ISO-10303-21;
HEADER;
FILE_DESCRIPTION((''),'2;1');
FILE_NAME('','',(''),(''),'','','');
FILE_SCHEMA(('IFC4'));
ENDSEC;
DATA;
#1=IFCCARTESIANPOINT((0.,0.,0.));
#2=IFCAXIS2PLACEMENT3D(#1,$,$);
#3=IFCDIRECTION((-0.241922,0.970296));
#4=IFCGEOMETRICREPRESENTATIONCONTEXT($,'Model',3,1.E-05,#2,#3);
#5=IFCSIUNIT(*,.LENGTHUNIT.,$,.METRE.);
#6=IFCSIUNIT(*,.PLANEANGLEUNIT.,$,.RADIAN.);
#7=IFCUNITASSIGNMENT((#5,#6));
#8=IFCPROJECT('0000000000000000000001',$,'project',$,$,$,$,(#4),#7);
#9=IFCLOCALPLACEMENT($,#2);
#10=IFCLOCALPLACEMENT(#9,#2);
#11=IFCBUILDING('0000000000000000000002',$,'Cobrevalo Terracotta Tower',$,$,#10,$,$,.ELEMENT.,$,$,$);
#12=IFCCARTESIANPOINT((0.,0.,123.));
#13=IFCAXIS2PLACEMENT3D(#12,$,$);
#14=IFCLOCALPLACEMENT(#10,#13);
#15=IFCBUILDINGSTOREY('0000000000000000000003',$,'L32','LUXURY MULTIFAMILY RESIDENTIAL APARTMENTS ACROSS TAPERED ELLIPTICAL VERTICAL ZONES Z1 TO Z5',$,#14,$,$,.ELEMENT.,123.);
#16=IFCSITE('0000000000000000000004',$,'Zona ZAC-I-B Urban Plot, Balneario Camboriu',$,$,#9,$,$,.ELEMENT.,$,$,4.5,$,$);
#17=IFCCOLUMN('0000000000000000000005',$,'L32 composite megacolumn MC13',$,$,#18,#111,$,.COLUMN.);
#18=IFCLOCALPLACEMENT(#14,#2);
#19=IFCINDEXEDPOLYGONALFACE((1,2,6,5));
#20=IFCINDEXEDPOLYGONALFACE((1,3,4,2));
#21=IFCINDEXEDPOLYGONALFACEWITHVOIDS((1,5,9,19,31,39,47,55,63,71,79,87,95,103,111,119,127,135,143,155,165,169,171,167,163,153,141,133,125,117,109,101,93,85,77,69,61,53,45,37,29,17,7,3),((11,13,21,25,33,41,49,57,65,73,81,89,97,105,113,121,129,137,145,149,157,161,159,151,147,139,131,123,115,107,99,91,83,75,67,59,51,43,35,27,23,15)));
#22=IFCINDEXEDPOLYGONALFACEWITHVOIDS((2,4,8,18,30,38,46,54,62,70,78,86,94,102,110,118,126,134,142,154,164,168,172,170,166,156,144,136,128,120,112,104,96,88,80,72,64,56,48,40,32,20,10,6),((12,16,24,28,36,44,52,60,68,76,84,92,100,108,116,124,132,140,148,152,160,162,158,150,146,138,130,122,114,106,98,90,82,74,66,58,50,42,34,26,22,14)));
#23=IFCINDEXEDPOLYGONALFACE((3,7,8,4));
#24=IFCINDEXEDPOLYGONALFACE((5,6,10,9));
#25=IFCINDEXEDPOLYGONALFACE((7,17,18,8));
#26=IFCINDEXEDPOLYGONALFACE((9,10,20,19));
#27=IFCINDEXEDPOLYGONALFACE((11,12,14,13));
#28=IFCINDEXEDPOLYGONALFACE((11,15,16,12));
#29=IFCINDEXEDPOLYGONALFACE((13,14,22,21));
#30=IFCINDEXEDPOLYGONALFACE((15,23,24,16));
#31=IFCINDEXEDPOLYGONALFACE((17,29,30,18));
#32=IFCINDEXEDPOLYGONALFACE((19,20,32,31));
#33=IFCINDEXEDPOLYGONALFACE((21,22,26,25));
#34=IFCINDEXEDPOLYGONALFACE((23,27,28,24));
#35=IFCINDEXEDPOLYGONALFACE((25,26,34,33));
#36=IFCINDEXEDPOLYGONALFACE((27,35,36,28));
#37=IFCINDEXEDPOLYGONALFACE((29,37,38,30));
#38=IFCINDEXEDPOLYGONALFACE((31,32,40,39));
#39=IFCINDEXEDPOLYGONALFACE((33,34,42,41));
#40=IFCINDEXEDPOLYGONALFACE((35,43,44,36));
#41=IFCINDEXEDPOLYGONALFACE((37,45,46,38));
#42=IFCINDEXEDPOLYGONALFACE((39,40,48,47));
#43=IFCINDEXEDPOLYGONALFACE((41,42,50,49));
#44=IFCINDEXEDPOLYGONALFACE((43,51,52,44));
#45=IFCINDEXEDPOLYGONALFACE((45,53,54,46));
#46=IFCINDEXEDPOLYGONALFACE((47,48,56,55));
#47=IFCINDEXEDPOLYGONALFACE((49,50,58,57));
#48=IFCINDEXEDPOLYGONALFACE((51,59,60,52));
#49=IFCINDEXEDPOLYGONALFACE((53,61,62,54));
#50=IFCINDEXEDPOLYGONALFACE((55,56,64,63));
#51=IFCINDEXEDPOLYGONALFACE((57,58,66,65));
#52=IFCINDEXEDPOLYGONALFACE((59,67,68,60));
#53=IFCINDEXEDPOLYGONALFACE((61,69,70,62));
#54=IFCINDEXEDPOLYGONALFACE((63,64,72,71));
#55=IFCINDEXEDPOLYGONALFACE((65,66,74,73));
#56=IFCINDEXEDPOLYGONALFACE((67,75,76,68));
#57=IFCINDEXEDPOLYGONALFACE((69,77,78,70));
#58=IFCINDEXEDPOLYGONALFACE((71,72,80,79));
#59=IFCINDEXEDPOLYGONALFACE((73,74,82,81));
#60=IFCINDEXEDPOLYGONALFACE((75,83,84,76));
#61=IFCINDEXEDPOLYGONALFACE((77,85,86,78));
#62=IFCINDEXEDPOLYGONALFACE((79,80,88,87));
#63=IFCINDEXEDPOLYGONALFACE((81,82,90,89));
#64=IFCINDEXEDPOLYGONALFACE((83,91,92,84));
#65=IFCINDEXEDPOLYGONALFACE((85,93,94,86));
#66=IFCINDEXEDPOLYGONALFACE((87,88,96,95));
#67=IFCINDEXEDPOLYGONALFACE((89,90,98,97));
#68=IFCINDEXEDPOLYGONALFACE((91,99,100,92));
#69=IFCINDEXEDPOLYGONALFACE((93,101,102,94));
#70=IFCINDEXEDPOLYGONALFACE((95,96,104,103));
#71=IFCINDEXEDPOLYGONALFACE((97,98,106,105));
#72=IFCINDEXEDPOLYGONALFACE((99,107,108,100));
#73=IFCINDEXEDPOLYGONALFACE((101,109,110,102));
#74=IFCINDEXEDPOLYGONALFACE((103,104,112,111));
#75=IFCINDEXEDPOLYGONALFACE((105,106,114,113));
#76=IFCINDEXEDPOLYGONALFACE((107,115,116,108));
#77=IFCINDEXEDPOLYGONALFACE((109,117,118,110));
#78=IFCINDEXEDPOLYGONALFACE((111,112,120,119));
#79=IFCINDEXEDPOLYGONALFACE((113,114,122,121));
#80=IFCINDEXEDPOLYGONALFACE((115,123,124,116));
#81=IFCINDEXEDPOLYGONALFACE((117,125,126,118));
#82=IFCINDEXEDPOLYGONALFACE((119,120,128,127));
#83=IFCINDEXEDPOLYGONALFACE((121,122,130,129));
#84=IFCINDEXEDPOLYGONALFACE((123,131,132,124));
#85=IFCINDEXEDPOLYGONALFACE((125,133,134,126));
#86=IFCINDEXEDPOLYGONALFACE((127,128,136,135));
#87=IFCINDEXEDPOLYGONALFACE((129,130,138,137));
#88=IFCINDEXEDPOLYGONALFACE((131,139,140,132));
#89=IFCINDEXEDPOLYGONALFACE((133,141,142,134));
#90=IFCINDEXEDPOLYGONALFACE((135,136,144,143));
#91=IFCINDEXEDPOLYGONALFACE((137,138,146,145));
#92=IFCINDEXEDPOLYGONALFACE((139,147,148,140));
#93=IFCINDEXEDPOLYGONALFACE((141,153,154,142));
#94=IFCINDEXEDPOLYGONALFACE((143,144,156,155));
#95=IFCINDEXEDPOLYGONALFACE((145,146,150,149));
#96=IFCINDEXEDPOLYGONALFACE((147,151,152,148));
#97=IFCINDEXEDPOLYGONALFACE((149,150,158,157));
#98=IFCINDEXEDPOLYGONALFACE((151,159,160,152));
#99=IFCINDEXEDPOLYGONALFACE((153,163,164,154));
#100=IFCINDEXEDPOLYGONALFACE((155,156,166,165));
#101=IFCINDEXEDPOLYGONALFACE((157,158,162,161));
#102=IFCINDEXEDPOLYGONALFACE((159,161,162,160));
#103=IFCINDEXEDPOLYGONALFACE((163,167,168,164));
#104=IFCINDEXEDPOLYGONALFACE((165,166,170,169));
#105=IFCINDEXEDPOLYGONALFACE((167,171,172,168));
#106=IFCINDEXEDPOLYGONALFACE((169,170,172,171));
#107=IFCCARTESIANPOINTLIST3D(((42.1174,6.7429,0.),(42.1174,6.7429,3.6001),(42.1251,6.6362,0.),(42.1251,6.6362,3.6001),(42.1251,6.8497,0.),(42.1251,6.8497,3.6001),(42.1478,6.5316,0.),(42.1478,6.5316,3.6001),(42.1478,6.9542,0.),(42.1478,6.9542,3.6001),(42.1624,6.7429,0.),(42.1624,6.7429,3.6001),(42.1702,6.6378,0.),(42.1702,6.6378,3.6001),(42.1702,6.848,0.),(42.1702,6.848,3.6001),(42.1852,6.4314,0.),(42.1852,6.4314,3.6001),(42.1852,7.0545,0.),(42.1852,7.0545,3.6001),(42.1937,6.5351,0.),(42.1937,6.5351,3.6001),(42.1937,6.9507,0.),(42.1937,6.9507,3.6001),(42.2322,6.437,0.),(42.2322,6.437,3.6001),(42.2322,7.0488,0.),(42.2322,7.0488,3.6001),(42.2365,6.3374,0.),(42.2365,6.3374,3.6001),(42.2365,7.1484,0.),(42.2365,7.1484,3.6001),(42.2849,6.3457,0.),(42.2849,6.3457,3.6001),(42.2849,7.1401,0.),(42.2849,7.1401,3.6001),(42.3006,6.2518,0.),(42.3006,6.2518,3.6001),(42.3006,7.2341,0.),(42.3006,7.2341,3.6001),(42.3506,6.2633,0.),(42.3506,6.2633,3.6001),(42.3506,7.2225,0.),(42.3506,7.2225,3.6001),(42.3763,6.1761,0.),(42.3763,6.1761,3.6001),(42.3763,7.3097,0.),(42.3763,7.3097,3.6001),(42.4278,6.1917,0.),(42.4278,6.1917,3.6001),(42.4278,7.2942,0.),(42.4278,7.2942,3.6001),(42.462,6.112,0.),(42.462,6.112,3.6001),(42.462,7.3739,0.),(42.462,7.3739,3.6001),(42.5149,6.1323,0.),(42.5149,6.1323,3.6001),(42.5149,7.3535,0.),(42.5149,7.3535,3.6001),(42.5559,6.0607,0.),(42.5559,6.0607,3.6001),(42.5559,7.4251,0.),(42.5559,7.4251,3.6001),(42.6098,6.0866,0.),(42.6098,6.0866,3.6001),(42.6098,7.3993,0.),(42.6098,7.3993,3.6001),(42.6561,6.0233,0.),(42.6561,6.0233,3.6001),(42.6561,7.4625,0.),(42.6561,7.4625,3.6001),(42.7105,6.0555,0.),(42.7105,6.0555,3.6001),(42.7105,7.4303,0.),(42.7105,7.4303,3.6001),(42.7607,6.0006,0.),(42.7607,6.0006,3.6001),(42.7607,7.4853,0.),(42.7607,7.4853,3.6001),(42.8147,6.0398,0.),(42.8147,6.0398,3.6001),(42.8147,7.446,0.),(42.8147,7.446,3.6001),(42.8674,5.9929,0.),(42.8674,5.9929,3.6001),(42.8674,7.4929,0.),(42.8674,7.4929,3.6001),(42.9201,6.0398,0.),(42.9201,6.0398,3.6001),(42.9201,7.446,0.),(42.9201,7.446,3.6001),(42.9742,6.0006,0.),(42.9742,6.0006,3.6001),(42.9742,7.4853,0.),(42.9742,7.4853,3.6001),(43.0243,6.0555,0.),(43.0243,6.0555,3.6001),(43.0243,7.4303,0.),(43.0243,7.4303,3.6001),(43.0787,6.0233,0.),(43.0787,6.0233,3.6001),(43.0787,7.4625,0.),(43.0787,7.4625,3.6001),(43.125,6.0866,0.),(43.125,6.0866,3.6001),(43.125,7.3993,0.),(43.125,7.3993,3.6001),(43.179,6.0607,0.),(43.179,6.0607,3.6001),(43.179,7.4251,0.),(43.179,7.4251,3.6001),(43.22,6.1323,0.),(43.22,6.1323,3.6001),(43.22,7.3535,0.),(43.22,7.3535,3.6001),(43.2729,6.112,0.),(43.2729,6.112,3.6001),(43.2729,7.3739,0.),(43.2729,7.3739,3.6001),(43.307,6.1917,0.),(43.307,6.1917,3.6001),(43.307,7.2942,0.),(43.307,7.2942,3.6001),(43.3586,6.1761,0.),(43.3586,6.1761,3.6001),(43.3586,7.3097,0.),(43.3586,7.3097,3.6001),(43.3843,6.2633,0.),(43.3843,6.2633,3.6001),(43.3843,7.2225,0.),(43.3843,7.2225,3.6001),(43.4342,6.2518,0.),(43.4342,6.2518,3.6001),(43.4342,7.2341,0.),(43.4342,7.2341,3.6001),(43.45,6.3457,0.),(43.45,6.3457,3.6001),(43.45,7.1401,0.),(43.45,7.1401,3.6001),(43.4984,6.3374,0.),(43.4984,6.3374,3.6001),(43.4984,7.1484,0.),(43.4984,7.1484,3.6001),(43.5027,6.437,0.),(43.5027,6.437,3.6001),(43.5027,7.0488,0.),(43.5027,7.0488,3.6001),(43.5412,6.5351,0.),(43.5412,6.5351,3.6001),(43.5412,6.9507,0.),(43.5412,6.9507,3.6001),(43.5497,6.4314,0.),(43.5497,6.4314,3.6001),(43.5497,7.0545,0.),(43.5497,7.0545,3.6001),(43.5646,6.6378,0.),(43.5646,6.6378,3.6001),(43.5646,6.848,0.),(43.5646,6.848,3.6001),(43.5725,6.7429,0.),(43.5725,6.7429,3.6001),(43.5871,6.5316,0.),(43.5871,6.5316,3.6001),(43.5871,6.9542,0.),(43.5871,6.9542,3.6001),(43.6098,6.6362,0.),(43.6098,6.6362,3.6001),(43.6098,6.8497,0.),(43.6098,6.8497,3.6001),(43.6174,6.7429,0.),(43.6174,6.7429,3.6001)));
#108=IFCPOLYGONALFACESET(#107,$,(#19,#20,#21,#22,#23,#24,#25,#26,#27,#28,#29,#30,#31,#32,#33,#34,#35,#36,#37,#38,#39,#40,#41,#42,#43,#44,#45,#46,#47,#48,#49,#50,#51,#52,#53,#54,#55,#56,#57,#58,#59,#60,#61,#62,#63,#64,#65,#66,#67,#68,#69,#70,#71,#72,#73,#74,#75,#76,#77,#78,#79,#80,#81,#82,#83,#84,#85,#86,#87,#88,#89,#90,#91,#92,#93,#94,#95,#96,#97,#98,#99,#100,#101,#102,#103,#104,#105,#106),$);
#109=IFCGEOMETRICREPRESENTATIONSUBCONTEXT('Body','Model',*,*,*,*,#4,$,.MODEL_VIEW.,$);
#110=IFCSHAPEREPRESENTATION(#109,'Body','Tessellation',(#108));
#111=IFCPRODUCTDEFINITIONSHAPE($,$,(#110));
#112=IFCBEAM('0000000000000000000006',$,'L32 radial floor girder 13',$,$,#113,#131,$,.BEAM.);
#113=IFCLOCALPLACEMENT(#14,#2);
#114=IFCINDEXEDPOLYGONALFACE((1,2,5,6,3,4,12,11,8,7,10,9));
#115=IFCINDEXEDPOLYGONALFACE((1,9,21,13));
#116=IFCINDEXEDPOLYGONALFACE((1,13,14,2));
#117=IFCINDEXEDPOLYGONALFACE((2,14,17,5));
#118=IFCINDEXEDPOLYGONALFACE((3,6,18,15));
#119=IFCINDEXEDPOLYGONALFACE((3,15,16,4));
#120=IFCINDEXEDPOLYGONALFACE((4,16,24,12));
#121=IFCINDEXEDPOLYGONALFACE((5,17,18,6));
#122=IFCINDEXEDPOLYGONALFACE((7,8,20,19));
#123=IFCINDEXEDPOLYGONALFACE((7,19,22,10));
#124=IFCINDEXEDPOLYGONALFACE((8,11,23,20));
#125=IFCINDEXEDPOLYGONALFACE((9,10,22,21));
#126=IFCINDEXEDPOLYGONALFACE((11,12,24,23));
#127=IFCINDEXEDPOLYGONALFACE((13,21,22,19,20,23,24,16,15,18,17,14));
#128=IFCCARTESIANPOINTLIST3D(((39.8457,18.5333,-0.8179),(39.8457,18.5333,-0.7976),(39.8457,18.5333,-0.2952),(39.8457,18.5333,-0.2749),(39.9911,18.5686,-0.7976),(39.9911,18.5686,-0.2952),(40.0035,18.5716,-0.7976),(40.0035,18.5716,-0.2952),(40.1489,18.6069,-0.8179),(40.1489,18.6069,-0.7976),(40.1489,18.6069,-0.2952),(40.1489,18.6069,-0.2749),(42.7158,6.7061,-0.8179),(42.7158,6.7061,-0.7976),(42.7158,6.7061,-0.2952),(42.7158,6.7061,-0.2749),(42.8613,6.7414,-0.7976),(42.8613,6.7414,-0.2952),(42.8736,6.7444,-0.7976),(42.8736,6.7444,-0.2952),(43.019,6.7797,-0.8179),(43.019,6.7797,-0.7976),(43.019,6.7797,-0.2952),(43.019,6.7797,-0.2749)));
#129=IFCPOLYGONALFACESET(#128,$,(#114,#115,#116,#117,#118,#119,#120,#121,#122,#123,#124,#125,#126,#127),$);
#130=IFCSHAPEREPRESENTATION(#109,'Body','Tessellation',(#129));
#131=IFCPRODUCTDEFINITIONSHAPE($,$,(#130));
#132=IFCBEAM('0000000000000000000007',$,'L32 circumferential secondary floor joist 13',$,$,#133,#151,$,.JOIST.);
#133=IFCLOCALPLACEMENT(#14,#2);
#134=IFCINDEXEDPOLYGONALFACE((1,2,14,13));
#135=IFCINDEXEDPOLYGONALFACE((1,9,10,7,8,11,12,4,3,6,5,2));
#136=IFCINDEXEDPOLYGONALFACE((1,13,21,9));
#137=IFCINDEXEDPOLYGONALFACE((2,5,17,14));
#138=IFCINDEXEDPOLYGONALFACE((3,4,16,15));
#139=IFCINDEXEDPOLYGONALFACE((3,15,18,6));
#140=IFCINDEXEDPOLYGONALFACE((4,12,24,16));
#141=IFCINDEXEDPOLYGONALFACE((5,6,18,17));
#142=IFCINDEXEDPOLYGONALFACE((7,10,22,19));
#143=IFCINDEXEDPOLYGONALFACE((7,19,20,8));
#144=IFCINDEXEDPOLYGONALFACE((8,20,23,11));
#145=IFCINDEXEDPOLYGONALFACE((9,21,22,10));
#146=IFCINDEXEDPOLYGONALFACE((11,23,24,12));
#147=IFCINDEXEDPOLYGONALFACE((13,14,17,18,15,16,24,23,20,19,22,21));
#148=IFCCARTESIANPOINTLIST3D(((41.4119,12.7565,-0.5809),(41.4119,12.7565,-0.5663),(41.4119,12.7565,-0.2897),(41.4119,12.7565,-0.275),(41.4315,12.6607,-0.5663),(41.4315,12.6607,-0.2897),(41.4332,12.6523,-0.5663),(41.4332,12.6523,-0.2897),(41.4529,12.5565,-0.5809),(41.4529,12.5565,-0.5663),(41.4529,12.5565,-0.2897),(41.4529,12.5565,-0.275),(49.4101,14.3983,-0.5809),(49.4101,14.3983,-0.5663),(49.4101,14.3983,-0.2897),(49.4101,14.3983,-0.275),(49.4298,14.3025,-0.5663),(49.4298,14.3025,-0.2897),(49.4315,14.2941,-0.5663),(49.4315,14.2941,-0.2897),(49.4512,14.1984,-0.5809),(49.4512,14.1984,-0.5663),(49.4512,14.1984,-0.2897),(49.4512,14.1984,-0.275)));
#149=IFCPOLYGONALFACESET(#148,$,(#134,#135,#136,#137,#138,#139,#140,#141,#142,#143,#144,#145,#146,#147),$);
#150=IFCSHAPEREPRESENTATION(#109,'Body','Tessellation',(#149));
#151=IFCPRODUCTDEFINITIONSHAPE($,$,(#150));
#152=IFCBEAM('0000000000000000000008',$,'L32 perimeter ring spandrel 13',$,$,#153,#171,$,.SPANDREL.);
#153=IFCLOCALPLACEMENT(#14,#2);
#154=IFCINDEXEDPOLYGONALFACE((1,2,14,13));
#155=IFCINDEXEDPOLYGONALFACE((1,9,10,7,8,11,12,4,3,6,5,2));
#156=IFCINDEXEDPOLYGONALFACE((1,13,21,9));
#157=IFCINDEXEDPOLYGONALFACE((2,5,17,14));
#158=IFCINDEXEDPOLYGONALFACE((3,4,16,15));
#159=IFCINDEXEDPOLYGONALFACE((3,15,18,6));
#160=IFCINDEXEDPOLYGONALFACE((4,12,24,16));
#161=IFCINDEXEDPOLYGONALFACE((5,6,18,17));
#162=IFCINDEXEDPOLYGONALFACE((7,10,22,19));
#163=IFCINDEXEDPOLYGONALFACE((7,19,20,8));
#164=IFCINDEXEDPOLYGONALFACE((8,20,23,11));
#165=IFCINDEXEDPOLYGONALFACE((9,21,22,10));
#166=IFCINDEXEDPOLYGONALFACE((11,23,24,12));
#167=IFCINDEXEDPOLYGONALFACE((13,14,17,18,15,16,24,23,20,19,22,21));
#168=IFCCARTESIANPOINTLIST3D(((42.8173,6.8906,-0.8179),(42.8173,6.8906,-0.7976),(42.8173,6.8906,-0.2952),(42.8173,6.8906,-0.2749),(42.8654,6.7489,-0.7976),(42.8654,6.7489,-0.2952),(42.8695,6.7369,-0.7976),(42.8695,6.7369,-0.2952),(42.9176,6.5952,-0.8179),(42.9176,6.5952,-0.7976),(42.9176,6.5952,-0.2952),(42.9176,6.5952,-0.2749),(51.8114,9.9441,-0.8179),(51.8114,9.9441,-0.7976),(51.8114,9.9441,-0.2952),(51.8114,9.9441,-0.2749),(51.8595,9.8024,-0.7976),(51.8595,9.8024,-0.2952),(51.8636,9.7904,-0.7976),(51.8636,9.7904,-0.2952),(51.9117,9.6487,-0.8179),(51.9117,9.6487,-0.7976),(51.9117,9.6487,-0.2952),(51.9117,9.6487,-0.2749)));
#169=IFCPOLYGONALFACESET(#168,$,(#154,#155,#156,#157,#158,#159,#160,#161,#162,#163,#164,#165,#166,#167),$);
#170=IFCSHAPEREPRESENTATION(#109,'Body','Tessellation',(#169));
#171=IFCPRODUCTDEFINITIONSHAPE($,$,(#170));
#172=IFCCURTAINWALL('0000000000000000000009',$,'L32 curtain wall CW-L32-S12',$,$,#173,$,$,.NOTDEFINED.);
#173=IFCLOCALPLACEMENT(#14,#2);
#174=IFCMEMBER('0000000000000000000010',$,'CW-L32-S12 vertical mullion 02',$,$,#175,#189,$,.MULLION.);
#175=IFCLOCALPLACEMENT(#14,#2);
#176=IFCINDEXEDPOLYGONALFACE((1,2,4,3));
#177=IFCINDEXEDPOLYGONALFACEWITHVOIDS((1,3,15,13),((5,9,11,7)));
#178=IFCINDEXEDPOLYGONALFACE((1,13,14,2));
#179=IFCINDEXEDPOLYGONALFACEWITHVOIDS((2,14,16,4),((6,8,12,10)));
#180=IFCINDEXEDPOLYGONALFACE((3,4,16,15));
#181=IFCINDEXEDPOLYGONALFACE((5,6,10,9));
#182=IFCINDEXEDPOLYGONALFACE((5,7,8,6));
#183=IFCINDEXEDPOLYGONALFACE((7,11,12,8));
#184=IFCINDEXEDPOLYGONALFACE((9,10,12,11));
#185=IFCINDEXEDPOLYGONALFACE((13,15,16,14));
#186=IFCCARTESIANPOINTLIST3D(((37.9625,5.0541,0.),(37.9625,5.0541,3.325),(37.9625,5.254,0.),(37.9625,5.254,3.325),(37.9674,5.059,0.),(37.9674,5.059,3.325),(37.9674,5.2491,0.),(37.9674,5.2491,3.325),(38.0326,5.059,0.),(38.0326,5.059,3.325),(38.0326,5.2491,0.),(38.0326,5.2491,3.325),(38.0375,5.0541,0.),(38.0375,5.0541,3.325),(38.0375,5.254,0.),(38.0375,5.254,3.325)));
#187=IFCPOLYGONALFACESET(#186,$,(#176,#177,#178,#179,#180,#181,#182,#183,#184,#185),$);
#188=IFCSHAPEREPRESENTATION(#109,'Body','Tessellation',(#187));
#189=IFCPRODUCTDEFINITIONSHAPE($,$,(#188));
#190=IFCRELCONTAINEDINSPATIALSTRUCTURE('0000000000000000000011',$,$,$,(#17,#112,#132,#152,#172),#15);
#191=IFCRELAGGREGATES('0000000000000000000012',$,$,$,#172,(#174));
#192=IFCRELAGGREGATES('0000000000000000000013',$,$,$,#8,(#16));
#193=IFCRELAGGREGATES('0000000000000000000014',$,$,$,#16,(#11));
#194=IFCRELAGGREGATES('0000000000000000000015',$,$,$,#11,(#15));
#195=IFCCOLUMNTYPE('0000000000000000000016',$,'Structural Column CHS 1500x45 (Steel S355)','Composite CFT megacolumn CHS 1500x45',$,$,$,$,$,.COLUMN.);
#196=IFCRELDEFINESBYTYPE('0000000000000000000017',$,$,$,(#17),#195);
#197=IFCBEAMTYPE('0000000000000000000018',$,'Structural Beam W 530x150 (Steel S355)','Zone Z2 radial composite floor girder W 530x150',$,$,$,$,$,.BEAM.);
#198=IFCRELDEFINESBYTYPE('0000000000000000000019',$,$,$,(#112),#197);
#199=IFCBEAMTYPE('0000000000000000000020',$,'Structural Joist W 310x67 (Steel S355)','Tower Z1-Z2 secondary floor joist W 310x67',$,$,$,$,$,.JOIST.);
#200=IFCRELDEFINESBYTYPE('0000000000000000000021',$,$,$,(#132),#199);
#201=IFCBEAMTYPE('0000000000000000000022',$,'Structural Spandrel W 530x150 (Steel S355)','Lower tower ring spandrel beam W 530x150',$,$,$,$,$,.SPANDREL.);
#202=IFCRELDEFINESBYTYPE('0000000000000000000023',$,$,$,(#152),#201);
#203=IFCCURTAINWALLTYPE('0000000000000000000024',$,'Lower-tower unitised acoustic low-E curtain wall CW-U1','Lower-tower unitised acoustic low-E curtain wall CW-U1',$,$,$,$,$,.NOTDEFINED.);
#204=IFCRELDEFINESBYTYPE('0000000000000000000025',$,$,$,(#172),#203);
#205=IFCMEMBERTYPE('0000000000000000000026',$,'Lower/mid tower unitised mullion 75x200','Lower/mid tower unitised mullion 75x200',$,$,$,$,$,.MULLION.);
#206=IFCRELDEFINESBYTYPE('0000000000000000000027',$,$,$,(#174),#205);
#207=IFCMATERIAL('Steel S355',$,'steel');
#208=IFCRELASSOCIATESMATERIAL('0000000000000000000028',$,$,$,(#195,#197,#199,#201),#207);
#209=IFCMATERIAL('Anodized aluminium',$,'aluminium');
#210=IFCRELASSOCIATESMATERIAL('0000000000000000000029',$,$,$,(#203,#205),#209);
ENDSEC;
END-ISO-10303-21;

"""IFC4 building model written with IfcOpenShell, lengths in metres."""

from ifc_helpers import new_model, si_unit, direction, frame, origin, origin_2d, place, context, subcontext, project, spatial, hollow_rectangle, hollow_circle, i_section, extrude, source, transform, mapped, material, material_profile, profile_set, type_object, element, aggregate, save


model = new_model("IFC4")

# Units and contexts
model_context = context("Model", 3, precision=1e-05, world=origin(), true_north=direction((-0.241922, 0.970296)))
body_context = subcontext(model_context, "Body", "Model", "MODEL_VIEW")
ifc_project = project(units=[si_unit("LENGTHUNIT", "METRE"), si_unit("PLANEANGLEUNIT", "RADIAN")], contexts=[model_context])

# Site, building, storey
site_placement = place(None, origin())
site = spatial("IfcSite", under=ifc_project, at=site_placement, Name="Zona ZAC-I-B Urban Plot, Balneario Camboriu", CompositionType="ELEMENT", RefElevation=4.5)
building_placement = place(site_placement, origin())
building = spatial("IfcBuilding", under=site, at=building_placement, Name="Cobrevalo Terracotta Tower", CompositionType="ELEMENT")
storey_placement = place(building_placement, frame((0.0, 0.0, 123.0)))
storey = spatial("IfcBuildingStorey", under=building, at=storey_placement, Name="L32", Description="LUXURY MULTIFAMILY RESIDENTIAL APARTMENTS ACROSS TAPERED ELLIPTICAL VERTICAL ZONES Z1 TO Z5", CompositionType="ELEMENT", Elevation=123.0)

# Column
ifc_material_1 = material(Name="Steel S355", Category="steel")
ifc_material_profile_1 = material_profile(ifc_material_1, hollow_circle(Radius=0.75, WallThickness=0.0449, at=origin_2d()), Name="CHS 1500x45")
ifc_profile_set_1 = profile_set([ifc_material_profile_1], Name="Steel S355")
column_type = type_object("IfcColumnType", Name="Structural Column CHS 1500x45 (Steel S355)", Description="Composite CFT megacolumn CHS 1500x45", PredefinedType="COLUMN", material=ifc_profile_set_1)
column_placement = place(storey_placement, frame((42.8674, 6.7429, 0.0), z_axis=(0.0, 0.0, 1.0), x_axis=(1.0, 0.0, 0.0)))
element("IfcColumn", 1, at=column_placement, inside=storey, type_object=column_type, Name="L32 composite megacolumn MC13", PredefinedType="COLUMN", context=body_context, shape_type="SweptSolid", body=[
    extrude(hollow_circle(Radius=0.75, WallThickness=0.0449, at=origin_2d()), origin(), (0.0, 0.0, 1.0), 3.6001),
])

# Beams
ifc_material_profile_2 = material_profile(ifc_material_1, i_section(OverallWidth=0.312, OverallDepth=0.543, WebThickness=0.0127, FlangeThickness=0.0203, at=origin_2d()), Name="W 530x150")
ifc_profile_set_2 = profile_set([ifc_material_profile_2], Name="Steel S355")
beam_type_1 = type_object("IfcBeamType", Name="Structural Beam W 530x150 (Steel S355)", Description="Zone Z2 radial composite floor girder W 530x150", PredefinedType="BEAM", material=ifc_profile_set_2)
beam_1_placement = place(storey_placement, frame((42.8674, 6.7429, -0.5464), z_axis=(-0.235827, 0.971795, 0.0), x_axis=(-0.971795, -0.235827, 0.0)))
element("IfcBeam", 2, at=beam_1_placement, inside=storey, type_object=beam_type_1, Name="L32 radial floor girder 13", PredefinedType="BEAM", context=body_context, shape_type="SweptSolid", body=[
    extrude(i_section(OverallWidth=0.312, OverallDepth=0.543, WebThickness=0.0127, FlangeThickness=0.0203, at=origin_2d()), origin(), (0.0, 0.0, 1.0), 12.1704),
])
ifc_material_profile_3 = material_profile(ifc_material_1, i_section(OverallWidth=0.2041, OverallDepth=0.3059, WebThickness=0.0085, FlangeThickness=0.0146, at=origin_2d()), Name="W 310x67")
ifc_profile_set_3 = profile_set([ifc_material_profile_3], Name="Steel S355")
beam_type_2 = type_object("IfcBeamType", Name="Structural Joist W 310x67 (Steel S355)", Description="Tower Z1-Z2 secondary floor joist W 310x67", PredefinedType="JOIST", material=ifc_profile_set_3)
beam_2_placement = place(storey_placement, frame((41.4324, 12.6565, -0.428), z_axis=(0.979574, 0.201082, 0.0), x_axis=(-0.201082, 0.979574, 0.0)))
element("IfcBeam", 3, at=beam_2_placement, inside=storey, type_object=beam_type_2, Name="L32 circumferential secondary floor joist 13", PredefinedType="JOIST", context=body_context, shape_type="SweptSolid", body=[
    extrude(i_section(OverallWidth=0.2041, OverallDepth=0.3059, WebThickness=0.0085, FlangeThickness=0.0146, at=origin_2d()), origin(), (0.0, 0.0, 1.0), 8.165),
])
ifc_material_profile_4 = material_profile(ifc_material_1, i_section(OverallWidth=0.312, OverallDepth=0.543, WebThickness=0.0127, FlangeThickness=0.0203, at=origin_2d()), Name="W 530x150")
ifc_profile_set_4 = profile_set([ifc_material_profile_4], Name="Steel S355")
beam_type_3 = type_object("IfcBeamType", Name="Structural Spandrel W 530x150 (Steel S355)", Description="Lower tower ring spandrel beam W 530x150", PredefinedType="SPANDREL", material=ifc_profile_set_4)
beam_3_placement = place(storey_placement, frame((42.8674, 6.7429, -0.5464), z_axis=(0.946918, 0.321474, 0.0), x_axis=(-0.321474, 0.946918, 0.0)))
element("IfcBeam", 4, at=beam_3_placement, inside=storey, type_object=beam_type_3, Name="L32 perimeter ring spandrel 13", PredefinedType="SPANDREL", context=body_context, shape_type="SweptSolid", body=[
    extrude(i_section(OverallWidth=0.312, OverallDepth=0.543, WebThickness=0.0127, FlangeThickness=0.0203, at=origin_2d()), origin(), (0.0, 0.0, 1.0), 9.4983),
])

# Curtain wall, member
ifc_material_2 = material(Name="Anodized aluminium", Category="aluminium")
curtain_wall_type = type_object("IfcCurtainWallType", Name="Lower-tower unitised acoustic low-E curtain wall CW-U1", Description="Lower-tower unitised acoustic low-E curtain wall CW-U1", PredefinedType="NOTDEFINED", material=ifc_material_2)
curtain_wall_placement = place(storey_placement, origin())
curtain_wall = element("IfcCurtainWall", 5, at=curtain_wall_placement, inside=storey, type_object=curtain_wall_type, Name="L32 curtain wall CW-L32-S12", PredefinedType="NOTDEFINED")
ifc_material_profile_5 = material_profile(ifc_material_2, hollow_rectangle(XDim=0.075, YDim=0.2, WallThickness=0.0049, at=origin_2d()), Name="CWM 75x200")
ifc_profile_set_5 = profile_set([ifc_material_profile_5], Name="Anodized aluminium")
member_type_1 = type_object("IfcMemberType", Name="Lower/mid tower unitised mullion 75x200", Description="Lower/mid tower unitised mullion 75x200", PredefinedType="MULLION", material=ifc_profile_set_5)
shared_shape_1 = source(origin(), body_context, "Body", "SweptSolid", [
    extrude(hollow_rectangle(XDim=0.075, YDim=0.2, WallThickness=0.0049, at=origin_2d()), origin(), (0.0, 0.0, 1.0), 3.325),
])
member_1_placement = place(storey_placement, frame((38.0, 5.1541, 0.0), z_axis=(0.0, 0.0, 1.0), x_axis=(1.0, 0.0, 0.0)))
member_1 = element("IfcMember", 6, at=member_1_placement, type_object=member_type_1, Name="CW-L32-S12 vertical mullion 02", PredefinedType="MULLION", context=body_context, shape_type="MappedRepresentation", body=[
    mapped(shared_shape_1, transform((0.0, 0.0, 0.0), scale=1.0)),
])
aggregate(curtain_wall, [member_1])

save(model, "model.ifc")
